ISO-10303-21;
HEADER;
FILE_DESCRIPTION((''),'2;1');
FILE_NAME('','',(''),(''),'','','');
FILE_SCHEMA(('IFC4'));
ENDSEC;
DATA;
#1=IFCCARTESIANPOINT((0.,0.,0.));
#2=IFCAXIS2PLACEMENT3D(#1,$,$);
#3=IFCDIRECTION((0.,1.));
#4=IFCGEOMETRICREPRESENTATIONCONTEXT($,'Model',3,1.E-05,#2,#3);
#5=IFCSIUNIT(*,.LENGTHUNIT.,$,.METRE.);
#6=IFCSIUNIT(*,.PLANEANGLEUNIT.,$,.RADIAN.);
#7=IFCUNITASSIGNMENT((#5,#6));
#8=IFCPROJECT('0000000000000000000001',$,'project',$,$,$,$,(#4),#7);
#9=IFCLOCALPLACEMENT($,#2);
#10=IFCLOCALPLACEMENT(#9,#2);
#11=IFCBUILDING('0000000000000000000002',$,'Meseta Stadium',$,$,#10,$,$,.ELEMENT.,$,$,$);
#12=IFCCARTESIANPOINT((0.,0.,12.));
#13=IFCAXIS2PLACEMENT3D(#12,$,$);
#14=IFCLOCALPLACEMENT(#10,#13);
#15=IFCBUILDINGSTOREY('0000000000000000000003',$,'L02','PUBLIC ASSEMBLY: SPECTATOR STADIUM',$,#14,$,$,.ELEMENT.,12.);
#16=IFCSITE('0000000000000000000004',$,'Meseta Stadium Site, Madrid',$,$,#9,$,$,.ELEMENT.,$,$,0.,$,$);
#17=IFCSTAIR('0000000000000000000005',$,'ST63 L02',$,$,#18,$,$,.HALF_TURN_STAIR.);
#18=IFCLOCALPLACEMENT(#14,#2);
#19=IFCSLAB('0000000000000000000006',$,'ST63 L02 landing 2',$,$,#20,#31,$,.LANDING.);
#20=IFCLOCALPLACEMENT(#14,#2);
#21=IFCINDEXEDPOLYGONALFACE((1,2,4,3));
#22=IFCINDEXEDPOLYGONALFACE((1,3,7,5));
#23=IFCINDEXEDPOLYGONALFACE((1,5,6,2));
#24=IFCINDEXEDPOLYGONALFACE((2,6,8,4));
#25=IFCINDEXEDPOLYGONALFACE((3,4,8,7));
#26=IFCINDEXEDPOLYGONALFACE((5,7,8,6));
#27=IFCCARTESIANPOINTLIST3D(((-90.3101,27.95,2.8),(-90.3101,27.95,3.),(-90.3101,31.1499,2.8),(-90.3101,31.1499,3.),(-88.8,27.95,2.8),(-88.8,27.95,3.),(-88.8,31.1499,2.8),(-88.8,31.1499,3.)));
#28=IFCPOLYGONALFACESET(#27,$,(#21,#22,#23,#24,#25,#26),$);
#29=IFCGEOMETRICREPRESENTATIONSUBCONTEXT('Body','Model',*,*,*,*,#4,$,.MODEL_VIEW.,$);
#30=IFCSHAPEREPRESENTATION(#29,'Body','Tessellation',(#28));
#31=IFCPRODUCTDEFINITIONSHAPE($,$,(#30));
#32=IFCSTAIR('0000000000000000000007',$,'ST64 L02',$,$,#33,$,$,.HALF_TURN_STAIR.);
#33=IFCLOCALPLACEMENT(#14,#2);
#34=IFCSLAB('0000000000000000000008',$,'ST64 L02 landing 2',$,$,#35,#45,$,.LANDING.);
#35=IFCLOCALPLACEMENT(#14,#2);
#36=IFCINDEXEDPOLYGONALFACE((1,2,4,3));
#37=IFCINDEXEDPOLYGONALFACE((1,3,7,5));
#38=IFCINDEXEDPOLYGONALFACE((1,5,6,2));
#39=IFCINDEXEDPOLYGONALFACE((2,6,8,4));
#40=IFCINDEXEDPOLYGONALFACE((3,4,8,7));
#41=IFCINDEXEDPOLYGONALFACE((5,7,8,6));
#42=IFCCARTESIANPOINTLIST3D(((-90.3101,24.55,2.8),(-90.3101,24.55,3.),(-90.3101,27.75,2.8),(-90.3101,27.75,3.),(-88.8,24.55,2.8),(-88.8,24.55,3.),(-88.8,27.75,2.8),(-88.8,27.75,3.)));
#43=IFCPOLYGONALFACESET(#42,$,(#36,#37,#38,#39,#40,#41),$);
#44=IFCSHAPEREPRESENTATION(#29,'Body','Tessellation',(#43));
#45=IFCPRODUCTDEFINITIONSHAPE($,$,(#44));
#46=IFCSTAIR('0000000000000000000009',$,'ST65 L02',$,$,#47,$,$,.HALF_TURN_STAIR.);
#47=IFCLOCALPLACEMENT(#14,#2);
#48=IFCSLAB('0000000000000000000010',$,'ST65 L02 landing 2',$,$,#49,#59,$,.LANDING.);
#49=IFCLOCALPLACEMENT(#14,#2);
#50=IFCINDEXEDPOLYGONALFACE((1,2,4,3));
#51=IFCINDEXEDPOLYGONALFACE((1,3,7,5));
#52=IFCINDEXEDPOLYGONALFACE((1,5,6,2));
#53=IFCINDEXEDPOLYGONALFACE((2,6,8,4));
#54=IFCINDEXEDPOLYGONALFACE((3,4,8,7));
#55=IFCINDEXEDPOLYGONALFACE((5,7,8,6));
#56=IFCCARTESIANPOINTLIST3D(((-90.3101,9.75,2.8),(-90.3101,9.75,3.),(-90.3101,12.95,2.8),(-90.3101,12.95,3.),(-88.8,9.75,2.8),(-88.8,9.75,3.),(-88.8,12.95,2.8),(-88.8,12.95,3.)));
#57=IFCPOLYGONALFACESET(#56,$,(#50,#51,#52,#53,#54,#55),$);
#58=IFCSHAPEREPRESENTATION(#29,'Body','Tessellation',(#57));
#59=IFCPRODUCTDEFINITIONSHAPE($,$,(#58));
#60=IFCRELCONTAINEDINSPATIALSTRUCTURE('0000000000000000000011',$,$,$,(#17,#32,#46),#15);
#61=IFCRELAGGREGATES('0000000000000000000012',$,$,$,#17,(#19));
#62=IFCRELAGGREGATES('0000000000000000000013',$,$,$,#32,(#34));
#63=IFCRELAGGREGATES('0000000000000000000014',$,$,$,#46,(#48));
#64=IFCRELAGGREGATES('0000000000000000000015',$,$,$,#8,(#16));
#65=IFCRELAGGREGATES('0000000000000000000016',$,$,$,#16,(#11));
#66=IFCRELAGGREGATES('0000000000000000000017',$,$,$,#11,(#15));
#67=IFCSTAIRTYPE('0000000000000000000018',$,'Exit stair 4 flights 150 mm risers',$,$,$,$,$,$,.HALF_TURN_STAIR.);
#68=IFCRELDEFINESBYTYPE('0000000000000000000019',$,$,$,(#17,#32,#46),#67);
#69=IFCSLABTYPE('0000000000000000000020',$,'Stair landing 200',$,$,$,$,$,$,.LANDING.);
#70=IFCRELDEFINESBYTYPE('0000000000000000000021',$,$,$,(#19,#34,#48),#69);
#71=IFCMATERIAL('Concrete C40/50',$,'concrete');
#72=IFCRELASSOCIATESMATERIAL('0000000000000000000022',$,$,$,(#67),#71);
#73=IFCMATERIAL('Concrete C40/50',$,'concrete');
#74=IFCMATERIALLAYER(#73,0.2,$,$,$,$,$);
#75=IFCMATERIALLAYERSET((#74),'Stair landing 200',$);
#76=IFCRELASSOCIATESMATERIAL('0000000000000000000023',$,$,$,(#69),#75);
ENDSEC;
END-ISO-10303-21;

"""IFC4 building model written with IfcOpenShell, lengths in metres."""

from ifc_helpers import new_model, si_unit, direction, frame, origin, place, context, subcontext, project, spatial, polyline, outline, extrude, material, layer, layer_set, type_object, element, aggregate, save


model = new_model("IFC4")

# Units and contexts
model_context = context("Model", 3, precision=1e-05, world=origin(), true_north=direction((0.0, 1.0)))
body_context = subcontext(model_context, "Body", "Model", "MODEL_VIEW")
ifc_project = project(units=[si_unit("LENGTHUNIT", "METRE"), si_unit("PLANEANGLEUNIT", "RADIAN")], contexts=[model_context])

# Site, building, storey
site_placement = place(None, origin())
site = spatial("IfcSite", under=ifc_project, at=site_placement, Name="Meseta Stadium Site, Madrid", CompositionType="ELEMENT", RefElevation=0.0)
building_placement = place(site_placement, origin())
building = spatial("IfcBuilding", under=site, at=building_placement, Name="Meseta Stadium", CompositionType="ELEMENT")
storey_placement = place(building_placement, frame((0.0, 0.0, 12.0)))
storey = spatial("IfcBuildingStorey", under=building, at=storey_placement, Name="L02", Description="PUBLIC ASSEMBLY: SPECTATOR STADIUM", CompositionType="ELEMENT", Elevation=12.0)

# Stairs, slabs
ifc_material_1 = material(Name="Concrete C40/50", Category="concrete")
stair_type = type_object("IfcStairType", Name="Exit stair 4 flights 150 mm risers", PredefinedType="HALF_TURN_STAIR", material=ifc_material_1)
ifc_material_2 = material(Name="Concrete C40/50", Category="concrete")
ifc_layer = layer(ifc_material_2, 0.2)
ifc_layer_set = layer_set([ifc_layer], Name="Stair landing 200")
slab_type = type_object("IfcSlabType", Name="Stair landing 200", PredefinedType="LANDING", material=ifc_layer_set)
stair_1_placement = place(storey_placement, origin())
stair_1 = element("IfcStair", 1, at=stair_1_placement, inside=storey, type_object=stair_type, Name="ST63 L02", PredefinedType="HALF_TURN_STAIR")
slab_1_placement = place(storey_placement, frame((0.0, 0.0, 2.8)))
slab_1 = element("IfcSlab", 2, at=slab_1_placement, type_object=slab_type, Name="ST63 L02 landing 2", PredefinedType="LANDING", context=body_context, shape_type="SweptSolid", body=[
    extrude(outline(polyline([(-88.8, 31.1499), (-90.3101, 31.1499), (-90.3101, 27.95), (-88.8, 27.95), (-88.8, 31.1499)])), origin(), (0.0, 0.0, 1.0), 0.2),
])
aggregate(stair_1, [slab_1])
stair_2_placement = place(storey_placement, origin())
stair_2 = element("IfcStair", 3, at=stair_2_placement, inside=storey, type_object=stair_type, Name="ST64 L02", PredefinedType="HALF_TURN_STAIR")
slab_2_placement = place(storey_placement, frame((0.0, 0.0, 2.8)))
slab_2 = element("IfcSlab", 4, at=slab_2_placement, type_object=slab_type, Name="ST64 L02 landing 2", PredefinedType="LANDING", context=body_context, shape_type="SweptSolid", body=[
    extrude(outline(polyline([(-88.8, 27.75), (-90.3101, 27.75), (-90.3101, 24.55), (-88.8, 24.55), (-88.8, 27.75)])), origin(), (0.0, 0.0, 1.0), 0.2),
])
aggregate(stair_2, [slab_2])
stair_3_placement = place(storey_placement, origin())
stair_3 = element("IfcStair", 5, at=stair_3_placement, inside=storey, type_object=stair_type, Name="ST65 L02", PredefinedType="HALF_TURN_STAIR")
slab_3_placement = place(storey_placement, frame((0.0, 0.0, 2.8)))
slab_3 = element("IfcSlab", 6, at=slab_3_placement, type_object=slab_type, Name="ST65 L02 landing 2", PredefinedType="LANDING", context=body_context, shape_type="SweptSolid", body=[
    extrude(outline(polyline([(-88.8, 12.95), (-90.3101, 12.95), (-90.3101, 9.75), (-88.8, 9.75), (-88.8, 12.95)])), origin(), (0.0, 0.0, 1.0), 0.2),
])
aggregate(stair_3, [slab_3])

save(model, "model.ifc")
